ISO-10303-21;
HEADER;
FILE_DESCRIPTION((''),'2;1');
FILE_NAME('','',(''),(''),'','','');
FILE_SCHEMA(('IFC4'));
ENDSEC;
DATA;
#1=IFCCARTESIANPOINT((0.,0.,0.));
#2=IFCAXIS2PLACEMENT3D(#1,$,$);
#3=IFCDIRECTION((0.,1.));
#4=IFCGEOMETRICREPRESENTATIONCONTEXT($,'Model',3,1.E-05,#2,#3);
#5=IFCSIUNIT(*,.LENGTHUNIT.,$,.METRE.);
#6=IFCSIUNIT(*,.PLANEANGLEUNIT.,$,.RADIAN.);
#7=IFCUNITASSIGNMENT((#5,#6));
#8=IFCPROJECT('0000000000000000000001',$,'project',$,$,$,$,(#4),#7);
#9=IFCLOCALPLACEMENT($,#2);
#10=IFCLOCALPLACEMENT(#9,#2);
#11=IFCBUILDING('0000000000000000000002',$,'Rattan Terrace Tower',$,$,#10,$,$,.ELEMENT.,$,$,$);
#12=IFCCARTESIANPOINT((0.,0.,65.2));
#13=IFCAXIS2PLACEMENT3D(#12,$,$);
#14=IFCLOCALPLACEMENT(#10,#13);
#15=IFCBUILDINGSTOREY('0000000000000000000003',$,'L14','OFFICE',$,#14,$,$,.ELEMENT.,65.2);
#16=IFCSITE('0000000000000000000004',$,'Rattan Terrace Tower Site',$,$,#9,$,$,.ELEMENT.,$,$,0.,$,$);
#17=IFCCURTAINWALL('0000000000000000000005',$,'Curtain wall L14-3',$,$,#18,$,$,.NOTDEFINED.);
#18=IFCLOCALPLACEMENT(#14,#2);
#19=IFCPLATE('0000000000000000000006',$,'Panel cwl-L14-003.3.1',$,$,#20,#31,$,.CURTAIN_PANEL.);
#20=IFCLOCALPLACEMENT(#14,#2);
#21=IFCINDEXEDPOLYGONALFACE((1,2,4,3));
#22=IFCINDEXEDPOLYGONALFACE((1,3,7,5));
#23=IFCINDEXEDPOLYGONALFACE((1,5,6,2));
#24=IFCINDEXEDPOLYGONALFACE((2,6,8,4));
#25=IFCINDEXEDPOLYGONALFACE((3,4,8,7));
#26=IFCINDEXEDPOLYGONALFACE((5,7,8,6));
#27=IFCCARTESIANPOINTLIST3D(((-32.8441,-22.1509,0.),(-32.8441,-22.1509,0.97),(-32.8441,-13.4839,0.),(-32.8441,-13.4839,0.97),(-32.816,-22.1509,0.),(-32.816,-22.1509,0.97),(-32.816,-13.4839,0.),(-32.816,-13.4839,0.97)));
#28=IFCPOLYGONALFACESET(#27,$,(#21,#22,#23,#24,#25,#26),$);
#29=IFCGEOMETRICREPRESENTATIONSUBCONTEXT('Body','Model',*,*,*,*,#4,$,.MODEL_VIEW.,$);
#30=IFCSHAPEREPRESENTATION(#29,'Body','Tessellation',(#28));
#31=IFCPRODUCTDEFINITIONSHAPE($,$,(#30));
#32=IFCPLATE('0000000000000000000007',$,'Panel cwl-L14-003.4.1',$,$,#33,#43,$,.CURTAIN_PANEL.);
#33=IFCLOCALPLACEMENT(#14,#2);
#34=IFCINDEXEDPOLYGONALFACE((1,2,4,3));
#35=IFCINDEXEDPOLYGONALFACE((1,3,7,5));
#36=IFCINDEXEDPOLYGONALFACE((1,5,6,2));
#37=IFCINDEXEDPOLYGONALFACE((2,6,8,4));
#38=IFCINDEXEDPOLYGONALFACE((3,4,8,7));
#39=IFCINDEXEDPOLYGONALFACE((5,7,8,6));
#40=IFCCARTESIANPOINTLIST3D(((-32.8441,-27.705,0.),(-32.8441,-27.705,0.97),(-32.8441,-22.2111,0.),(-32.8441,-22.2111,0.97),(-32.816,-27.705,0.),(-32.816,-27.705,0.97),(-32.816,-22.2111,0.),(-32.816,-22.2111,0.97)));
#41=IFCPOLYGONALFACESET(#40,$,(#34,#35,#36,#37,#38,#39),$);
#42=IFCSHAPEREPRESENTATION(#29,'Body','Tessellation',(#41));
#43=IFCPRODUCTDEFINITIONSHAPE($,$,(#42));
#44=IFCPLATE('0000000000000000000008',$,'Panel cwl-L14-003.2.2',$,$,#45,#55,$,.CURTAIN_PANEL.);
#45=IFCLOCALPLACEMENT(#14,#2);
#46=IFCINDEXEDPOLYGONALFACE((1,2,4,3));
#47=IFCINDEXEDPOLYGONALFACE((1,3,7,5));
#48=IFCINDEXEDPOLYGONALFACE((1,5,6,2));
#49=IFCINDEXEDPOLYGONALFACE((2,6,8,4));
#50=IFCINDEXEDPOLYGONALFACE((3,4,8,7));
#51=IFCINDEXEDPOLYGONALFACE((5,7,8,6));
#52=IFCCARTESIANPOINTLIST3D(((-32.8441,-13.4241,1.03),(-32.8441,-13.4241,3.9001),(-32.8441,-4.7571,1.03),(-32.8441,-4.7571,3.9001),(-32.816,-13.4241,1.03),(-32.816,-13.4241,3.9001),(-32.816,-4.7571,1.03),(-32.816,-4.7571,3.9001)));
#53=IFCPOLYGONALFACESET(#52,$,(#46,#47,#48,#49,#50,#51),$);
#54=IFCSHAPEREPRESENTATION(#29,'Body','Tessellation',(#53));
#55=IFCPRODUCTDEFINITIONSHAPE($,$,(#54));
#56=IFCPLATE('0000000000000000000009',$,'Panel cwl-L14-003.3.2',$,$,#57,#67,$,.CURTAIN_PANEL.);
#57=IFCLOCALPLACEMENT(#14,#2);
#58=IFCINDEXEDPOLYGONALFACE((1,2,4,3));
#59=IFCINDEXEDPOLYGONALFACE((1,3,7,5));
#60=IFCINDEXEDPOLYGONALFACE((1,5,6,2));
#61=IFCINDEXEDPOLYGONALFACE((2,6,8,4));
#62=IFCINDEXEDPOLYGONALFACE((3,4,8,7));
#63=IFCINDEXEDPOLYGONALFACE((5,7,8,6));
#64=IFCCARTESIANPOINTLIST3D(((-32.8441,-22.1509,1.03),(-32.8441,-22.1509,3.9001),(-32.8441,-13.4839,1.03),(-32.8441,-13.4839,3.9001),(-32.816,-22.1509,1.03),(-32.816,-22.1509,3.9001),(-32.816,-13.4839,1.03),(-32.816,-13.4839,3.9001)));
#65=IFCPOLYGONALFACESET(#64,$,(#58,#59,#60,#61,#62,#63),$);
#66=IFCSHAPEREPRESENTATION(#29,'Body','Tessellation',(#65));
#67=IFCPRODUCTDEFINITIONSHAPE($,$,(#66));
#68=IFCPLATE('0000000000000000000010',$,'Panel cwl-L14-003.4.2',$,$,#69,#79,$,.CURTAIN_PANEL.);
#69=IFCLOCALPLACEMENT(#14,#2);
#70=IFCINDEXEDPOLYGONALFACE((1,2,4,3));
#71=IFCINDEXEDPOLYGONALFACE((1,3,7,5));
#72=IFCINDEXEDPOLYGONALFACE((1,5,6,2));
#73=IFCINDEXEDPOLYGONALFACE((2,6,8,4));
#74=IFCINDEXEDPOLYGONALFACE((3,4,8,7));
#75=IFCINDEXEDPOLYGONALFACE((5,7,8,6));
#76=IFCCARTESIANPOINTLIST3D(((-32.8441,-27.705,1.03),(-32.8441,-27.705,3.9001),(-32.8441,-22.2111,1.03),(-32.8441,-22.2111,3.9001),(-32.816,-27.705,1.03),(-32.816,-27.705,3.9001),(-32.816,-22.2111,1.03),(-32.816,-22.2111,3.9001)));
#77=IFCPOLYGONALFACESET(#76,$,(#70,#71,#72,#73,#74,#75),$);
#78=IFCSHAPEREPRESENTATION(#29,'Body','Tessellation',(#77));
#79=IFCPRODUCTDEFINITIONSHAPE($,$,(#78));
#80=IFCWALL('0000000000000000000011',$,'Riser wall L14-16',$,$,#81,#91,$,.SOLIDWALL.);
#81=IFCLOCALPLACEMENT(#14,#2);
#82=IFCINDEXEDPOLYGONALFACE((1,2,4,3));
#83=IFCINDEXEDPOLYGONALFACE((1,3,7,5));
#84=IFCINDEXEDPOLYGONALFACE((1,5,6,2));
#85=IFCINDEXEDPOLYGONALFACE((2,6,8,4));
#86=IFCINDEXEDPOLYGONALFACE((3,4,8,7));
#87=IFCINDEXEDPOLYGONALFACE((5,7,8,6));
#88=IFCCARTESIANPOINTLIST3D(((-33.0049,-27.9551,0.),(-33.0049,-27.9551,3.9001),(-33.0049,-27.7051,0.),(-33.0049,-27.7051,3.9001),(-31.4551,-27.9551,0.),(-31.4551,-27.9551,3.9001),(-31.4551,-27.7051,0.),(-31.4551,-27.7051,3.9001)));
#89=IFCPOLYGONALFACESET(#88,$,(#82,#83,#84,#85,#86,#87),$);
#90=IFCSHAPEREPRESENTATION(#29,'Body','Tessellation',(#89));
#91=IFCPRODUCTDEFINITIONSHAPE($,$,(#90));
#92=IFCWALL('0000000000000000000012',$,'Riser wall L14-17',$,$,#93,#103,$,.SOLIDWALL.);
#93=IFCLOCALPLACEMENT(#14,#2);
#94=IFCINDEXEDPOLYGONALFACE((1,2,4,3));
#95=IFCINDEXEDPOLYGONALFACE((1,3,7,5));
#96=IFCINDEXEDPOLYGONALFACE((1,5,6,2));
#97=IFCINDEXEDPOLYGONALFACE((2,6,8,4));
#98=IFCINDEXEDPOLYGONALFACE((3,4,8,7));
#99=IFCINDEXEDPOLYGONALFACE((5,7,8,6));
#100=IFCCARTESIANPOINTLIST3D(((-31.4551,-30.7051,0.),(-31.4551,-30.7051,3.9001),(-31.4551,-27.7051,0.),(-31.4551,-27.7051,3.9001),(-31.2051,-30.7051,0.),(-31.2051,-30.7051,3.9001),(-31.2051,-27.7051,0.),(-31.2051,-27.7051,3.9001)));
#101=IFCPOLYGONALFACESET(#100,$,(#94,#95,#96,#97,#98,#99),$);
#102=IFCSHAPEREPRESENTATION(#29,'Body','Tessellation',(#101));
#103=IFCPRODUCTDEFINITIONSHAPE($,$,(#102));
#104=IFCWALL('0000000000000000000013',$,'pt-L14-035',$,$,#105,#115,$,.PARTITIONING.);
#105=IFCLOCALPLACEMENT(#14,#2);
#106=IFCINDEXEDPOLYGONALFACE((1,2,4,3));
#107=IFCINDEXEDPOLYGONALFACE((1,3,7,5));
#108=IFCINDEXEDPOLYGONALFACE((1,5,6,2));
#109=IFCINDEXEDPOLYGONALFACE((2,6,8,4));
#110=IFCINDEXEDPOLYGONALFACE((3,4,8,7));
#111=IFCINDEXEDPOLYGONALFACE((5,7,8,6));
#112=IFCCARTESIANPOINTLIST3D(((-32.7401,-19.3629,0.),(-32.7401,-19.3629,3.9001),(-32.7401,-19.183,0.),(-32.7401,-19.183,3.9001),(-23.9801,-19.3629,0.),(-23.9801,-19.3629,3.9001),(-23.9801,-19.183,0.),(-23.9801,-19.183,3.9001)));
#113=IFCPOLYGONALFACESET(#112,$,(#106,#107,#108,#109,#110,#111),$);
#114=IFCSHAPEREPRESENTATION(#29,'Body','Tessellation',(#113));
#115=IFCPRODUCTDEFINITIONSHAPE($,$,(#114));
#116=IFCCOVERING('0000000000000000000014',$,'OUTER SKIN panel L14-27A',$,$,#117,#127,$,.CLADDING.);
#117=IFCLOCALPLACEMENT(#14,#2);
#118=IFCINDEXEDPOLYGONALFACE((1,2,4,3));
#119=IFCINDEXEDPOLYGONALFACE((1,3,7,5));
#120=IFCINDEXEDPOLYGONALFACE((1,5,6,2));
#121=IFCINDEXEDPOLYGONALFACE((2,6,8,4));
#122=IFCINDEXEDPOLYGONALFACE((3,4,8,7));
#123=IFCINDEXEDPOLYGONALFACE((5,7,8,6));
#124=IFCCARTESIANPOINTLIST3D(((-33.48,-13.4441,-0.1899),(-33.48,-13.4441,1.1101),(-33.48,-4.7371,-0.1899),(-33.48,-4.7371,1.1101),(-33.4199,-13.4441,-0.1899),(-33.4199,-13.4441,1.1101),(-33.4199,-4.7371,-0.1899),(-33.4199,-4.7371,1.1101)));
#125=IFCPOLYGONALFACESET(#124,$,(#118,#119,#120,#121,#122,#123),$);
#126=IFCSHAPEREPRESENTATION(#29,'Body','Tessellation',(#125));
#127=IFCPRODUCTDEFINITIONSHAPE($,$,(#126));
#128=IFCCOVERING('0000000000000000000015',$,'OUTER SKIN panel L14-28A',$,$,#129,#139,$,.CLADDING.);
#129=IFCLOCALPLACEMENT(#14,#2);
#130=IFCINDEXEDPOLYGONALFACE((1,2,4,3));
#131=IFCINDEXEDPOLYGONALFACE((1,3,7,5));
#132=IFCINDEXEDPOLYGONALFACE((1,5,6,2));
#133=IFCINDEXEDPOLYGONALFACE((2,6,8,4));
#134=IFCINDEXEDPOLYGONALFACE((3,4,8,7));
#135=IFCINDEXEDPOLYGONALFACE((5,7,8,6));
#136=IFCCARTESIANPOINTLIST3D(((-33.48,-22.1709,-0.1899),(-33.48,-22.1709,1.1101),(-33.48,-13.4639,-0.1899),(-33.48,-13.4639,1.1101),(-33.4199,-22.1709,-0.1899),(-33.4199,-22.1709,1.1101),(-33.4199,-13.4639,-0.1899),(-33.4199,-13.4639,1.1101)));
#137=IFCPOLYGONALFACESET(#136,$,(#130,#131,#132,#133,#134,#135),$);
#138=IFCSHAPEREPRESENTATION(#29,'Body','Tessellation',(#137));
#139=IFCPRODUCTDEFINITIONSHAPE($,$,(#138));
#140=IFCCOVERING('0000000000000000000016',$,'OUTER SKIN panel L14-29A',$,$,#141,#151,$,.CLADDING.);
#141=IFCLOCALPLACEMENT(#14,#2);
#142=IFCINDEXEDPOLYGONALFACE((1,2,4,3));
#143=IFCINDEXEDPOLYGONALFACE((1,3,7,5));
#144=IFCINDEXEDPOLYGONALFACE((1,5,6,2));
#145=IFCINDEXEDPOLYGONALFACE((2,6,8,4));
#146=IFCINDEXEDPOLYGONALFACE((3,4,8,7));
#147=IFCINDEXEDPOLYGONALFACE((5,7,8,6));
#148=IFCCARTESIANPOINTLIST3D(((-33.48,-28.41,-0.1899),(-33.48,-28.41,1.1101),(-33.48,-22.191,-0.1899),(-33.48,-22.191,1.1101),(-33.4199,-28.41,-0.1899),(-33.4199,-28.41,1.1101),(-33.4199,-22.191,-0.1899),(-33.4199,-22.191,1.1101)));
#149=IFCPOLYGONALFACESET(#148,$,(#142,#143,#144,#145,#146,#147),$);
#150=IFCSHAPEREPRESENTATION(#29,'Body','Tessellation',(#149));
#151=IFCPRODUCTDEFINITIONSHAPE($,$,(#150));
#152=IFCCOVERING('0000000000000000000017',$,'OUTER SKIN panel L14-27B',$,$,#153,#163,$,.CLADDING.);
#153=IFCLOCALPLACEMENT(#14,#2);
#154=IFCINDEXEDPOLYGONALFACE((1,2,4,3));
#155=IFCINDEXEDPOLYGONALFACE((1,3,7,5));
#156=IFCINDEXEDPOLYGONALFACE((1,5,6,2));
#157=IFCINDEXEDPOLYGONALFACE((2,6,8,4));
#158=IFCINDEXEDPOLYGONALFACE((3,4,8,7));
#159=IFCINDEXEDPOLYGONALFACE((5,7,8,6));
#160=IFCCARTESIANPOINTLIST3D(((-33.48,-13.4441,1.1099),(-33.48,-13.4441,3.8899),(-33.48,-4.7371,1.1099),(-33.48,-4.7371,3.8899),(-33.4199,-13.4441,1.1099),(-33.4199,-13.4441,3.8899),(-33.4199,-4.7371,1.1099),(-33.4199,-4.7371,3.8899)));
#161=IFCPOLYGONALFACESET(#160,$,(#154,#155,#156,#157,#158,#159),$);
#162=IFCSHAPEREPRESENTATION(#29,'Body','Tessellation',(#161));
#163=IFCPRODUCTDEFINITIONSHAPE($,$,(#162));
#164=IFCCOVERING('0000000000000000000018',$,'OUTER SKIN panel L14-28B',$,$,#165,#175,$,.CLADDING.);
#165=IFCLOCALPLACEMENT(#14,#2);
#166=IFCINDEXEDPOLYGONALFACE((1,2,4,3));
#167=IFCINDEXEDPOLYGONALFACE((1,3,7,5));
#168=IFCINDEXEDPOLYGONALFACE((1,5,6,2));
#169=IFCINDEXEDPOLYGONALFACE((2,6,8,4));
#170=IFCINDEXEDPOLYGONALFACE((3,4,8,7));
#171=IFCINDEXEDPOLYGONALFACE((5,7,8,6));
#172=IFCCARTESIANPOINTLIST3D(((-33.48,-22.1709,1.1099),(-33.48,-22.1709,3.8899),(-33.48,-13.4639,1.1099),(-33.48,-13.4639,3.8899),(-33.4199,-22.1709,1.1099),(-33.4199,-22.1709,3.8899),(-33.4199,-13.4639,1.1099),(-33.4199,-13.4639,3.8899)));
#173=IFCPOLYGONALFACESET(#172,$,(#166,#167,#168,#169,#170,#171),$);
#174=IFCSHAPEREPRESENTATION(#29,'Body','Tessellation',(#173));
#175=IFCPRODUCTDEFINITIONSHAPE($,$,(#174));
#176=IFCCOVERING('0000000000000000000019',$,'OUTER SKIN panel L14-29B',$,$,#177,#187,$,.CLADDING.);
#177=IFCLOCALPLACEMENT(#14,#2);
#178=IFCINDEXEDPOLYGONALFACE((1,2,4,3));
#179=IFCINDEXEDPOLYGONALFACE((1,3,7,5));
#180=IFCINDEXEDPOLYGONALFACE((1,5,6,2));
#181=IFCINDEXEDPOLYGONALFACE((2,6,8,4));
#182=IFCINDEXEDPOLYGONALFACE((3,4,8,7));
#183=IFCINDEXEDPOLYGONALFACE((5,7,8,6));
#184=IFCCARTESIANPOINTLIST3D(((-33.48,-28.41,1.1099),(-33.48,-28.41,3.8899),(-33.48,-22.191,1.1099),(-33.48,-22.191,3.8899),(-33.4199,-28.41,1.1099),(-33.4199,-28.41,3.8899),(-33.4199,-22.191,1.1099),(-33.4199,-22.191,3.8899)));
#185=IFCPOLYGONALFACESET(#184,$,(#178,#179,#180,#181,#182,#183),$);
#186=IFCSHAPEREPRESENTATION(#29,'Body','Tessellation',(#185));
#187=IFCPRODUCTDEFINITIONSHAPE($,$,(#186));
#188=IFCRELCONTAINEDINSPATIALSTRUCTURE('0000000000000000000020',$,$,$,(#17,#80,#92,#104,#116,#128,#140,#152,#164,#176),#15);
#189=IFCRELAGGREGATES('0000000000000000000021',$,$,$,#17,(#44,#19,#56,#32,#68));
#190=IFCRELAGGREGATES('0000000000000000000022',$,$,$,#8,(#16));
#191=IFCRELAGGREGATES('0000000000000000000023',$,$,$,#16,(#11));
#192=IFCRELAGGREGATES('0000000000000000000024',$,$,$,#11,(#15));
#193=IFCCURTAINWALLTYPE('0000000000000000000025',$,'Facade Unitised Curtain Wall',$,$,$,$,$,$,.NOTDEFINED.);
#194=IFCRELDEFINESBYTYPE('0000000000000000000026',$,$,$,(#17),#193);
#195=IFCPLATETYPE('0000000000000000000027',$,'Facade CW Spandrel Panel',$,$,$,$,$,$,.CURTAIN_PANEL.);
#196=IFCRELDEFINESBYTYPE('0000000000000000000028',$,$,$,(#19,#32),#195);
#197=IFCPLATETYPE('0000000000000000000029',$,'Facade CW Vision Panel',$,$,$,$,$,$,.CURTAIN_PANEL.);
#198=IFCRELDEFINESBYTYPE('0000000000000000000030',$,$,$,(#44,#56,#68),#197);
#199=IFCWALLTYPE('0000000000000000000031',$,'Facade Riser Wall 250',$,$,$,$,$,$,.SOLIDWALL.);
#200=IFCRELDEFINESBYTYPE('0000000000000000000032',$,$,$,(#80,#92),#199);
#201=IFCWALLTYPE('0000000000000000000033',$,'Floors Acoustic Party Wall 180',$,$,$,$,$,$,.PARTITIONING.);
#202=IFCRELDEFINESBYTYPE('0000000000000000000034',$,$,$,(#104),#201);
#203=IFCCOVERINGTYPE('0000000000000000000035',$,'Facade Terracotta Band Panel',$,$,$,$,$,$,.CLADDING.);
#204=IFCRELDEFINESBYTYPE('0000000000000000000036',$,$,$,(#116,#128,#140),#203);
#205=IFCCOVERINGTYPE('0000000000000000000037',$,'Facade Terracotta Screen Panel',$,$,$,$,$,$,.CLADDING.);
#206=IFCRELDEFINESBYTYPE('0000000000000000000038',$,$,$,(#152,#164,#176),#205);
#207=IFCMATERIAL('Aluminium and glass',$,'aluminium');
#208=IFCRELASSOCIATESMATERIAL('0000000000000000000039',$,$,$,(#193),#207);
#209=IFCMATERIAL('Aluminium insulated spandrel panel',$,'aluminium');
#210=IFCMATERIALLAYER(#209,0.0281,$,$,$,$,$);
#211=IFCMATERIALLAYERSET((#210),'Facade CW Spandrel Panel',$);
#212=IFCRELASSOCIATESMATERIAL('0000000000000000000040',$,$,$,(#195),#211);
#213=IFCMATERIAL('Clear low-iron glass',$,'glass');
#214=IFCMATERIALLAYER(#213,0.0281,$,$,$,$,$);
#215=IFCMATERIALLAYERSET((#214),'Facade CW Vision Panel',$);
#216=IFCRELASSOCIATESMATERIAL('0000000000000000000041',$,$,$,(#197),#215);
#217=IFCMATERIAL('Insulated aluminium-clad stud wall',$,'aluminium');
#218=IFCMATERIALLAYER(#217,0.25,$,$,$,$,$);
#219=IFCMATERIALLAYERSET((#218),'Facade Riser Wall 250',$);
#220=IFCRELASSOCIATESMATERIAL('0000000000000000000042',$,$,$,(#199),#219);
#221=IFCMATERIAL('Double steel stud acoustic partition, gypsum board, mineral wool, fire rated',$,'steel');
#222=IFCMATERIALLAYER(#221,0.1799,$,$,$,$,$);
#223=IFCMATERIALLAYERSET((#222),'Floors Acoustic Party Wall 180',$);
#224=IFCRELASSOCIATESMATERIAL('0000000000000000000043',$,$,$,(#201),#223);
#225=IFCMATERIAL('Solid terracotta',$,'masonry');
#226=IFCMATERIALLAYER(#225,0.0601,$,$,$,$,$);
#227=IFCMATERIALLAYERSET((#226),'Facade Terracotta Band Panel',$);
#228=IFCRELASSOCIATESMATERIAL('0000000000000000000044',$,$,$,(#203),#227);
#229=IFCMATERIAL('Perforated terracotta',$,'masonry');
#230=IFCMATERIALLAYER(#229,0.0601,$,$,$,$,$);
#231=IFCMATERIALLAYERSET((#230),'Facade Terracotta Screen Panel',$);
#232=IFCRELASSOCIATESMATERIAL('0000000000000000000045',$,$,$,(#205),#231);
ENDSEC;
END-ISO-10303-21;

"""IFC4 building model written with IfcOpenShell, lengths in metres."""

from ifc_helpers import new_model, si_unit, direction, frame, frame_2d, origin, origin_2d, place, context, subcontext, project, spatial, rectangle, extrude, material, layer, layer_set, type_object, element, aggregate, save


model = new_model("IFC4")

# Units and contexts
model_context = context("Model", 3, precision=1e-05, world=origin(), true_north=direction((0.0, 1.0)))
body_context = subcontext(model_context, "Body", "Model", "MODEL_VIEW")
ifc_project = project(units=[si_unit("LENGTHUNIT", "METRE"), si_unit("PLANEANGLEUNIT", "RADIAN")], contexts=[model_context])

# Site, building, storey
site_placement = place(None, origin())
site = spatial("IfcSite", under=ifc_project, at=site_placement, Name="Rattan Terrace Tower Site", CompositionType="ELEMENT", RefElevation=0.0)
building_placement = place(site_placement, origin())
building = spatial("IfcBuilding", under=site, at=building_placement, Name="Rattan Terrace Tower", CompositionType="ELEMENT")
storey_placement = place(building_placement, frame((0.0, 0.0, 65.2)))
storey = spatial("IfcBuildingStorey", under=building, at=storey_placement, Name="L14", Description="OFFICE", CompositionType="ELEMENT", Elevation=65.2)

# Curtain wall
ifc_material_1 = material(Name="Aluminium and glass", Category="aluminium")
curtain_wall_type = type_object("IfcCurtainWallType", Name="Facade Unitised Curtain Wall", PredefinedType="NOTDEFINED", material=ifc_material_1)
curtain_wall_placement = place(storey_placement, origin())
curtain_wall = element("IfcCurtainWall", 1, at=curtain_wall_placement, inside=storey, type_object=curtain_wall_type, Name="Curtain wall L14-3", PredefinedType="NOTDEFINED")

# Plates
ifc_material_2 = material(Name="Aluminium insulated spandrel panel", Category="aluminium")
ifc_layer_1 = layer(ifc_material_2, 0.0281)
ifc_layer_set_1 = layer_set([ifc_layer_1], Name="Facade CW Spandrel Panel")
plate_type_1 = type_object("IfcPlateType", Name="Facade CW Spandrel Panel", PredefinedType="CURTAIN_PANEL", material=ifc_layer_set_1)
plate_1_placement = place(storey_placement, frame((-32.8301, -17.8174, 0.0), z_axis=(0.0, 0.0, 1.0), x_axis=(0.0, -1.0, 0.0)))
plate_1 = element("IfcPlate", 2, at=plate_1_placement, type_object=plate_type_1, Name="Panel cwl-L14-003.3.1", PredefinedType="CURTAIN_PANEL", context=body_context, shape_type="SweptSolid", body=[
    extrude(rectangle(XDim=8.667, YDim=0.0281, at=origin_2d()), origin(), (0.0, 0.0, 1.0), 0.97),
])
plate_2_placement = place(storey_placement, frame((-32.8301, -24.958, 0.0), z_axis=(0.0, 0.0, 1.0), x_axis=(0.0, -1.0, 0.0)))
plate_2 = element("IfcPlate", 3, at=plate_2_placement, type_object=plate_type_1, Name="Panel cwl-L14-003.4.1", PredefinedType="CURTAIN_PANEL", context=body_context, shape_type="SweptSolid", body=[
    extrude(rectangle(XDim=5.4939, YDim=0.0281, at=origin_2d()), origin(), (0.0, 0.0, 1.0), 0.97),
])
ifc_material_3 = material(Name="Clear low-iron glass", Category="glass")
ifc_layer_2 = layer(ifc_material_3, 0.0281)
ifc_layer_set_2 = layer_set([ifc_layer_2], Name="Facade CW Vision Panel")
plate_type_2 = type_object("IfcPlateType", Name="Facade CW Vision Panel", PredefinedType="CURTAIN_PANEL", material=ifc_layer_set_2)
plate_3_placement = place(storey_placement, frame((-32.8301, -9.0906, 1.03), z_axis=(0.0, 0.0, 1.0), x_axis=(0.0, -1.0, 0.0)))
plate_3 = element("IfcPlate", 4, at=plate_3_placement, type_object=plate_type_2, Name="Panel cwl-L14-003.2.2", PredefinedType="CURTAIN_PANEL", context=body_context, shape_type="SweptSolid", body=[
    extrude(rectangle(XDim=8.667, YDim=0.0281, at=origin_2d()), origin(), (0.0, 0.0, 1.0), 2.8701),
])
plate_4_placement = place(storey_placement, frame((-32.8301, -17.8174, 1.03), z_axis=(0.0, 0.0, 1.0), x_axis=(0.0, -1.0, 0.0)))
plate_4 = element("IfcPlate", 5, at=plate_4_placement, type_object=plate_type_2, Name="Panel cwl-L14-003.3.2", PredefinedType="CURTAIN_PANEL", context=body_context, shape_type="SweptSolid", body=[
    extrude(rectangle(XDim=8.667, YDim=0.0281, at=origin_2d()), origin(), (0.0, 0.0, 1.0), 2.8701),
])
plate_5_placement = place(storey_placement, frame((-32.8301, -24.958, 1.03), z_axis=(0.0, 0.0, 1.0), x_axis=(0.0, -1.0, 0.0)))
plate_5 = element("IfcPlate", 6, at=plate_5_placement, type_object=plate_type_2, Name="Panel cwl-L14-003.4.2", PredefinedType="CURTAIN_PANEL", context=body_context, shape_type="SweptSolid", body=[
    extrude(rectangle(XDim=5.4939, YDim=0.0281, at=origin_2d()), origin(), (0.0, 0.0, 1.0), 2.8701),
])
aggregate(curtain_wall, [plate_3, plate_1, plate_4, plate_2, plate_5])

# Walls
ifc_material_4 = material(Name="Insulated aluminium-clad stud wall", Category="aluminium")
ifc_layer_3 = layer(ifc_material_4, 0.25)
ifc_layer_set_3 = layer_set([ifc_layer_3], Name="Facade Riser Wall 250")
wall_type_1 = type_object("IfcWallType", Name="Facade Riser Wall 250", PredefinedType="SOLIDWALL", material=ifc_layer_set_3)
wall_1_placement = place(storey_placement, frame((-33.0049, -27.8301, 0.0), z_axis=(0.0, 0.0, 1.0), x_axis=(1.0, 0.0, 0.0)))
element("IfcWall", 7, at=wall_1_placement, inside=storey, type_object=wall_type_1, Name="Riser wall L14-16", PredefinedType="SOLIDWALL", context=body_context, shape_type="SweptSolid", body=[
    extrude(rectangle(XDim=1.5498, YDim=0.25, at=frame_2d((0.7749, 0.0))), origin(), (0.0, 0.0, 1.0), 3.9001),
])
wall_2_placement = place(storey_placement, frame((-31.3301, -27.7051, 0.0), z_axis=(0.0, 0.0, 1.0), x_axis=(0.0, -1.0, 0.0)))
element("IfcWall", 8, at=wall_2_placement, inside=storey, type_object=wall_type_1, Name="Riser wall L14-17", PredefinedType="SOLIDWALL", context=body_context, shape_type="SweptSolid", body=[
    extrude(rectangle(XDim=3.0, YDim=0.25, at=frame_2d((1.5, 0.0))), origin(), (0.0, 0.0, 1.0), 3.9001),
])
ifc_material_5 = material(Name="Double steel stud acoustic partition, gypsum board, mineral wool, fire rated", Category="steel")
ifc_layer_4 = layer(ifc_material_5, 0.1799)
ifc_layer_set_4 = layer_set([ifc_layer_4], Name="Floors Acoustic Party Wall 180")
wall_type_2 = type_object("IfcWallType", Name="Floors Acoustic Party Wall 180", PredefinedType="PARTITIONING", material=ifc_layer_set_4)
wall_3_placement = place(storey_placement, frame((-32.74, -19.2729, 0.0), z_axis=(0.0, 0.0, 1.0), x_axis=(1.0, 0.0, 0.0)))
element("IfcWall", 9, at=wall_3_placement, inside=storey, type_object=wall_type_2, Name="pt-L14-035", PredefinedType="PARTITIONING", context=body_context, shape_type="SweptSolid", body=[
    extrude(rectangle(XDim=8.76, YDim=0.1799, at=frame_2d((4.3799, 0.0))), origin(), (0.0, 0.0, 1.0), 3.9001),
])

# Coverings
ifc_material_6 = material(Name="Solid terracotta", Category="masonry")
ifc_layer_5 = layer(ifc_material_6, 0.0601)
ifc_layer_set_5 = layer_set([ifc_layer_5], Name="Facade Terracotta Band Panel")
covering_type_1 = type_object("IfcCoveringType", Name="Facade Terracotta Band Panel", PredefinedType="CLADDING", material=ifc_layer_set_5)
for number, where, z_axis, x_axis, name in (
    (10, (-33.45, -9.0906, -0.1899), (0.0, 0.0, 1.0), (0.0, -1.0, 0.0), "OUTER SKIN panel L14-27A"),
    (11, (-33.45, -17.8174, -0.1899), (0.0, 0.0, 1.0), (0.0, -1.0, 0.0), "OUTER SKIN panel L14-28A"),
):
    element("IfcCovering", number, at=place(storey_placement, frame(where, z_axis=z_axis, x_axis=x_axis)), inside=storey, type_object=covering_type_1, Name=name, PredefinedType="CLADDING", context=body_context, shape_type="SweptSolid", body=[
        extrude(rectangle(XDim=8.707, YDim=0.0601, at=origin_2d()), origin(), (0.0, 0.0, 1.0), 1.3),
    ])
covering_1_placement = place(storey_placement, frame((-33.45, -25.3005, -0.1899), z_axis=(0.0, 0.0, 1.0), x_axis=(0.0, -1.0, 0.0)))
element("IfcCovering", 12, at=covering_1_placement, inside=storey, type_object=covering_type_1, Name="OUTER SKIN panel L14-29A", PredefinedType="CLADDING", context=body_context, shape_type="SweptSolid", body=[
    extrude(rectangle(XDim=6.219, YDim=0.0601, at=origin_2d()), origin(), (0.0, 0.0, 1.0), 1.3),
])
ifc_material_7 = material(Name="Perforated terracotta", Category="masonry")
ifc_layer_6 = layer(ifc_material_7, 0.0601)
ifc_layer_set_6 = layer_set([ifc_layer_6], Name="Facade Terracotta Screen Panel")
covering_type_2 = type_object("IfcCoveringType", Name="Facade Terracotta Screen Panel", PredefinedType="CLADDING", material=ifc_layer_set_6)
for number, where, z_axis, x_axis, name in (
    (13, (-33.45, -9.0906, 1.1099), (0.0, 0.0, 1.0), (0.0, -1.0, 0.0), "OUTER SKIN panel L14-27B"),
    (14, (-33.45, -17.8174, 1.1099), (0.0, 0.0, 1.0), (0.0, -1.0, 0.0), "OUTER SKIN panel L14-28B"),
):
    element("IfcCovering", number, at=place(storey_placement, frame(where, z_axis=z_axis, x_axis=x_axis)), inside=storey, type_object=covering_type_2, Name=name, PredefinedType="CLADDING", context=body_context, shape_type="SweptSolid", body=[
        extrude(rectangle(XDim=8.707, YDim=0.0601, at=origin_2d()), origin(), (0.0, 0.0, 1.0), 2.78),
    ])
covering_2_placement = place(storey_placement, frame((-33.45, -25.3005, 1.1099), z_axis=(0.0, 0.0, 1.0), x_axis=(0.0, -1.0, 0.0)))
element("IfcCovering", 15, at=covering_2_placement, inside=storey, type_object=covering_type_2, Name="OUTER SKIN panel L14-29B", PredefinedType="CLADDING", context=body_context, shape_type="SweptSolid", body=[
    extrude(rectangle(XDim=6.219, YDim=0.0601, at=origin_2d()), origin(), (0.0, 0.0, 1.0), 2.78),
])

save(model, "model.ifc")
